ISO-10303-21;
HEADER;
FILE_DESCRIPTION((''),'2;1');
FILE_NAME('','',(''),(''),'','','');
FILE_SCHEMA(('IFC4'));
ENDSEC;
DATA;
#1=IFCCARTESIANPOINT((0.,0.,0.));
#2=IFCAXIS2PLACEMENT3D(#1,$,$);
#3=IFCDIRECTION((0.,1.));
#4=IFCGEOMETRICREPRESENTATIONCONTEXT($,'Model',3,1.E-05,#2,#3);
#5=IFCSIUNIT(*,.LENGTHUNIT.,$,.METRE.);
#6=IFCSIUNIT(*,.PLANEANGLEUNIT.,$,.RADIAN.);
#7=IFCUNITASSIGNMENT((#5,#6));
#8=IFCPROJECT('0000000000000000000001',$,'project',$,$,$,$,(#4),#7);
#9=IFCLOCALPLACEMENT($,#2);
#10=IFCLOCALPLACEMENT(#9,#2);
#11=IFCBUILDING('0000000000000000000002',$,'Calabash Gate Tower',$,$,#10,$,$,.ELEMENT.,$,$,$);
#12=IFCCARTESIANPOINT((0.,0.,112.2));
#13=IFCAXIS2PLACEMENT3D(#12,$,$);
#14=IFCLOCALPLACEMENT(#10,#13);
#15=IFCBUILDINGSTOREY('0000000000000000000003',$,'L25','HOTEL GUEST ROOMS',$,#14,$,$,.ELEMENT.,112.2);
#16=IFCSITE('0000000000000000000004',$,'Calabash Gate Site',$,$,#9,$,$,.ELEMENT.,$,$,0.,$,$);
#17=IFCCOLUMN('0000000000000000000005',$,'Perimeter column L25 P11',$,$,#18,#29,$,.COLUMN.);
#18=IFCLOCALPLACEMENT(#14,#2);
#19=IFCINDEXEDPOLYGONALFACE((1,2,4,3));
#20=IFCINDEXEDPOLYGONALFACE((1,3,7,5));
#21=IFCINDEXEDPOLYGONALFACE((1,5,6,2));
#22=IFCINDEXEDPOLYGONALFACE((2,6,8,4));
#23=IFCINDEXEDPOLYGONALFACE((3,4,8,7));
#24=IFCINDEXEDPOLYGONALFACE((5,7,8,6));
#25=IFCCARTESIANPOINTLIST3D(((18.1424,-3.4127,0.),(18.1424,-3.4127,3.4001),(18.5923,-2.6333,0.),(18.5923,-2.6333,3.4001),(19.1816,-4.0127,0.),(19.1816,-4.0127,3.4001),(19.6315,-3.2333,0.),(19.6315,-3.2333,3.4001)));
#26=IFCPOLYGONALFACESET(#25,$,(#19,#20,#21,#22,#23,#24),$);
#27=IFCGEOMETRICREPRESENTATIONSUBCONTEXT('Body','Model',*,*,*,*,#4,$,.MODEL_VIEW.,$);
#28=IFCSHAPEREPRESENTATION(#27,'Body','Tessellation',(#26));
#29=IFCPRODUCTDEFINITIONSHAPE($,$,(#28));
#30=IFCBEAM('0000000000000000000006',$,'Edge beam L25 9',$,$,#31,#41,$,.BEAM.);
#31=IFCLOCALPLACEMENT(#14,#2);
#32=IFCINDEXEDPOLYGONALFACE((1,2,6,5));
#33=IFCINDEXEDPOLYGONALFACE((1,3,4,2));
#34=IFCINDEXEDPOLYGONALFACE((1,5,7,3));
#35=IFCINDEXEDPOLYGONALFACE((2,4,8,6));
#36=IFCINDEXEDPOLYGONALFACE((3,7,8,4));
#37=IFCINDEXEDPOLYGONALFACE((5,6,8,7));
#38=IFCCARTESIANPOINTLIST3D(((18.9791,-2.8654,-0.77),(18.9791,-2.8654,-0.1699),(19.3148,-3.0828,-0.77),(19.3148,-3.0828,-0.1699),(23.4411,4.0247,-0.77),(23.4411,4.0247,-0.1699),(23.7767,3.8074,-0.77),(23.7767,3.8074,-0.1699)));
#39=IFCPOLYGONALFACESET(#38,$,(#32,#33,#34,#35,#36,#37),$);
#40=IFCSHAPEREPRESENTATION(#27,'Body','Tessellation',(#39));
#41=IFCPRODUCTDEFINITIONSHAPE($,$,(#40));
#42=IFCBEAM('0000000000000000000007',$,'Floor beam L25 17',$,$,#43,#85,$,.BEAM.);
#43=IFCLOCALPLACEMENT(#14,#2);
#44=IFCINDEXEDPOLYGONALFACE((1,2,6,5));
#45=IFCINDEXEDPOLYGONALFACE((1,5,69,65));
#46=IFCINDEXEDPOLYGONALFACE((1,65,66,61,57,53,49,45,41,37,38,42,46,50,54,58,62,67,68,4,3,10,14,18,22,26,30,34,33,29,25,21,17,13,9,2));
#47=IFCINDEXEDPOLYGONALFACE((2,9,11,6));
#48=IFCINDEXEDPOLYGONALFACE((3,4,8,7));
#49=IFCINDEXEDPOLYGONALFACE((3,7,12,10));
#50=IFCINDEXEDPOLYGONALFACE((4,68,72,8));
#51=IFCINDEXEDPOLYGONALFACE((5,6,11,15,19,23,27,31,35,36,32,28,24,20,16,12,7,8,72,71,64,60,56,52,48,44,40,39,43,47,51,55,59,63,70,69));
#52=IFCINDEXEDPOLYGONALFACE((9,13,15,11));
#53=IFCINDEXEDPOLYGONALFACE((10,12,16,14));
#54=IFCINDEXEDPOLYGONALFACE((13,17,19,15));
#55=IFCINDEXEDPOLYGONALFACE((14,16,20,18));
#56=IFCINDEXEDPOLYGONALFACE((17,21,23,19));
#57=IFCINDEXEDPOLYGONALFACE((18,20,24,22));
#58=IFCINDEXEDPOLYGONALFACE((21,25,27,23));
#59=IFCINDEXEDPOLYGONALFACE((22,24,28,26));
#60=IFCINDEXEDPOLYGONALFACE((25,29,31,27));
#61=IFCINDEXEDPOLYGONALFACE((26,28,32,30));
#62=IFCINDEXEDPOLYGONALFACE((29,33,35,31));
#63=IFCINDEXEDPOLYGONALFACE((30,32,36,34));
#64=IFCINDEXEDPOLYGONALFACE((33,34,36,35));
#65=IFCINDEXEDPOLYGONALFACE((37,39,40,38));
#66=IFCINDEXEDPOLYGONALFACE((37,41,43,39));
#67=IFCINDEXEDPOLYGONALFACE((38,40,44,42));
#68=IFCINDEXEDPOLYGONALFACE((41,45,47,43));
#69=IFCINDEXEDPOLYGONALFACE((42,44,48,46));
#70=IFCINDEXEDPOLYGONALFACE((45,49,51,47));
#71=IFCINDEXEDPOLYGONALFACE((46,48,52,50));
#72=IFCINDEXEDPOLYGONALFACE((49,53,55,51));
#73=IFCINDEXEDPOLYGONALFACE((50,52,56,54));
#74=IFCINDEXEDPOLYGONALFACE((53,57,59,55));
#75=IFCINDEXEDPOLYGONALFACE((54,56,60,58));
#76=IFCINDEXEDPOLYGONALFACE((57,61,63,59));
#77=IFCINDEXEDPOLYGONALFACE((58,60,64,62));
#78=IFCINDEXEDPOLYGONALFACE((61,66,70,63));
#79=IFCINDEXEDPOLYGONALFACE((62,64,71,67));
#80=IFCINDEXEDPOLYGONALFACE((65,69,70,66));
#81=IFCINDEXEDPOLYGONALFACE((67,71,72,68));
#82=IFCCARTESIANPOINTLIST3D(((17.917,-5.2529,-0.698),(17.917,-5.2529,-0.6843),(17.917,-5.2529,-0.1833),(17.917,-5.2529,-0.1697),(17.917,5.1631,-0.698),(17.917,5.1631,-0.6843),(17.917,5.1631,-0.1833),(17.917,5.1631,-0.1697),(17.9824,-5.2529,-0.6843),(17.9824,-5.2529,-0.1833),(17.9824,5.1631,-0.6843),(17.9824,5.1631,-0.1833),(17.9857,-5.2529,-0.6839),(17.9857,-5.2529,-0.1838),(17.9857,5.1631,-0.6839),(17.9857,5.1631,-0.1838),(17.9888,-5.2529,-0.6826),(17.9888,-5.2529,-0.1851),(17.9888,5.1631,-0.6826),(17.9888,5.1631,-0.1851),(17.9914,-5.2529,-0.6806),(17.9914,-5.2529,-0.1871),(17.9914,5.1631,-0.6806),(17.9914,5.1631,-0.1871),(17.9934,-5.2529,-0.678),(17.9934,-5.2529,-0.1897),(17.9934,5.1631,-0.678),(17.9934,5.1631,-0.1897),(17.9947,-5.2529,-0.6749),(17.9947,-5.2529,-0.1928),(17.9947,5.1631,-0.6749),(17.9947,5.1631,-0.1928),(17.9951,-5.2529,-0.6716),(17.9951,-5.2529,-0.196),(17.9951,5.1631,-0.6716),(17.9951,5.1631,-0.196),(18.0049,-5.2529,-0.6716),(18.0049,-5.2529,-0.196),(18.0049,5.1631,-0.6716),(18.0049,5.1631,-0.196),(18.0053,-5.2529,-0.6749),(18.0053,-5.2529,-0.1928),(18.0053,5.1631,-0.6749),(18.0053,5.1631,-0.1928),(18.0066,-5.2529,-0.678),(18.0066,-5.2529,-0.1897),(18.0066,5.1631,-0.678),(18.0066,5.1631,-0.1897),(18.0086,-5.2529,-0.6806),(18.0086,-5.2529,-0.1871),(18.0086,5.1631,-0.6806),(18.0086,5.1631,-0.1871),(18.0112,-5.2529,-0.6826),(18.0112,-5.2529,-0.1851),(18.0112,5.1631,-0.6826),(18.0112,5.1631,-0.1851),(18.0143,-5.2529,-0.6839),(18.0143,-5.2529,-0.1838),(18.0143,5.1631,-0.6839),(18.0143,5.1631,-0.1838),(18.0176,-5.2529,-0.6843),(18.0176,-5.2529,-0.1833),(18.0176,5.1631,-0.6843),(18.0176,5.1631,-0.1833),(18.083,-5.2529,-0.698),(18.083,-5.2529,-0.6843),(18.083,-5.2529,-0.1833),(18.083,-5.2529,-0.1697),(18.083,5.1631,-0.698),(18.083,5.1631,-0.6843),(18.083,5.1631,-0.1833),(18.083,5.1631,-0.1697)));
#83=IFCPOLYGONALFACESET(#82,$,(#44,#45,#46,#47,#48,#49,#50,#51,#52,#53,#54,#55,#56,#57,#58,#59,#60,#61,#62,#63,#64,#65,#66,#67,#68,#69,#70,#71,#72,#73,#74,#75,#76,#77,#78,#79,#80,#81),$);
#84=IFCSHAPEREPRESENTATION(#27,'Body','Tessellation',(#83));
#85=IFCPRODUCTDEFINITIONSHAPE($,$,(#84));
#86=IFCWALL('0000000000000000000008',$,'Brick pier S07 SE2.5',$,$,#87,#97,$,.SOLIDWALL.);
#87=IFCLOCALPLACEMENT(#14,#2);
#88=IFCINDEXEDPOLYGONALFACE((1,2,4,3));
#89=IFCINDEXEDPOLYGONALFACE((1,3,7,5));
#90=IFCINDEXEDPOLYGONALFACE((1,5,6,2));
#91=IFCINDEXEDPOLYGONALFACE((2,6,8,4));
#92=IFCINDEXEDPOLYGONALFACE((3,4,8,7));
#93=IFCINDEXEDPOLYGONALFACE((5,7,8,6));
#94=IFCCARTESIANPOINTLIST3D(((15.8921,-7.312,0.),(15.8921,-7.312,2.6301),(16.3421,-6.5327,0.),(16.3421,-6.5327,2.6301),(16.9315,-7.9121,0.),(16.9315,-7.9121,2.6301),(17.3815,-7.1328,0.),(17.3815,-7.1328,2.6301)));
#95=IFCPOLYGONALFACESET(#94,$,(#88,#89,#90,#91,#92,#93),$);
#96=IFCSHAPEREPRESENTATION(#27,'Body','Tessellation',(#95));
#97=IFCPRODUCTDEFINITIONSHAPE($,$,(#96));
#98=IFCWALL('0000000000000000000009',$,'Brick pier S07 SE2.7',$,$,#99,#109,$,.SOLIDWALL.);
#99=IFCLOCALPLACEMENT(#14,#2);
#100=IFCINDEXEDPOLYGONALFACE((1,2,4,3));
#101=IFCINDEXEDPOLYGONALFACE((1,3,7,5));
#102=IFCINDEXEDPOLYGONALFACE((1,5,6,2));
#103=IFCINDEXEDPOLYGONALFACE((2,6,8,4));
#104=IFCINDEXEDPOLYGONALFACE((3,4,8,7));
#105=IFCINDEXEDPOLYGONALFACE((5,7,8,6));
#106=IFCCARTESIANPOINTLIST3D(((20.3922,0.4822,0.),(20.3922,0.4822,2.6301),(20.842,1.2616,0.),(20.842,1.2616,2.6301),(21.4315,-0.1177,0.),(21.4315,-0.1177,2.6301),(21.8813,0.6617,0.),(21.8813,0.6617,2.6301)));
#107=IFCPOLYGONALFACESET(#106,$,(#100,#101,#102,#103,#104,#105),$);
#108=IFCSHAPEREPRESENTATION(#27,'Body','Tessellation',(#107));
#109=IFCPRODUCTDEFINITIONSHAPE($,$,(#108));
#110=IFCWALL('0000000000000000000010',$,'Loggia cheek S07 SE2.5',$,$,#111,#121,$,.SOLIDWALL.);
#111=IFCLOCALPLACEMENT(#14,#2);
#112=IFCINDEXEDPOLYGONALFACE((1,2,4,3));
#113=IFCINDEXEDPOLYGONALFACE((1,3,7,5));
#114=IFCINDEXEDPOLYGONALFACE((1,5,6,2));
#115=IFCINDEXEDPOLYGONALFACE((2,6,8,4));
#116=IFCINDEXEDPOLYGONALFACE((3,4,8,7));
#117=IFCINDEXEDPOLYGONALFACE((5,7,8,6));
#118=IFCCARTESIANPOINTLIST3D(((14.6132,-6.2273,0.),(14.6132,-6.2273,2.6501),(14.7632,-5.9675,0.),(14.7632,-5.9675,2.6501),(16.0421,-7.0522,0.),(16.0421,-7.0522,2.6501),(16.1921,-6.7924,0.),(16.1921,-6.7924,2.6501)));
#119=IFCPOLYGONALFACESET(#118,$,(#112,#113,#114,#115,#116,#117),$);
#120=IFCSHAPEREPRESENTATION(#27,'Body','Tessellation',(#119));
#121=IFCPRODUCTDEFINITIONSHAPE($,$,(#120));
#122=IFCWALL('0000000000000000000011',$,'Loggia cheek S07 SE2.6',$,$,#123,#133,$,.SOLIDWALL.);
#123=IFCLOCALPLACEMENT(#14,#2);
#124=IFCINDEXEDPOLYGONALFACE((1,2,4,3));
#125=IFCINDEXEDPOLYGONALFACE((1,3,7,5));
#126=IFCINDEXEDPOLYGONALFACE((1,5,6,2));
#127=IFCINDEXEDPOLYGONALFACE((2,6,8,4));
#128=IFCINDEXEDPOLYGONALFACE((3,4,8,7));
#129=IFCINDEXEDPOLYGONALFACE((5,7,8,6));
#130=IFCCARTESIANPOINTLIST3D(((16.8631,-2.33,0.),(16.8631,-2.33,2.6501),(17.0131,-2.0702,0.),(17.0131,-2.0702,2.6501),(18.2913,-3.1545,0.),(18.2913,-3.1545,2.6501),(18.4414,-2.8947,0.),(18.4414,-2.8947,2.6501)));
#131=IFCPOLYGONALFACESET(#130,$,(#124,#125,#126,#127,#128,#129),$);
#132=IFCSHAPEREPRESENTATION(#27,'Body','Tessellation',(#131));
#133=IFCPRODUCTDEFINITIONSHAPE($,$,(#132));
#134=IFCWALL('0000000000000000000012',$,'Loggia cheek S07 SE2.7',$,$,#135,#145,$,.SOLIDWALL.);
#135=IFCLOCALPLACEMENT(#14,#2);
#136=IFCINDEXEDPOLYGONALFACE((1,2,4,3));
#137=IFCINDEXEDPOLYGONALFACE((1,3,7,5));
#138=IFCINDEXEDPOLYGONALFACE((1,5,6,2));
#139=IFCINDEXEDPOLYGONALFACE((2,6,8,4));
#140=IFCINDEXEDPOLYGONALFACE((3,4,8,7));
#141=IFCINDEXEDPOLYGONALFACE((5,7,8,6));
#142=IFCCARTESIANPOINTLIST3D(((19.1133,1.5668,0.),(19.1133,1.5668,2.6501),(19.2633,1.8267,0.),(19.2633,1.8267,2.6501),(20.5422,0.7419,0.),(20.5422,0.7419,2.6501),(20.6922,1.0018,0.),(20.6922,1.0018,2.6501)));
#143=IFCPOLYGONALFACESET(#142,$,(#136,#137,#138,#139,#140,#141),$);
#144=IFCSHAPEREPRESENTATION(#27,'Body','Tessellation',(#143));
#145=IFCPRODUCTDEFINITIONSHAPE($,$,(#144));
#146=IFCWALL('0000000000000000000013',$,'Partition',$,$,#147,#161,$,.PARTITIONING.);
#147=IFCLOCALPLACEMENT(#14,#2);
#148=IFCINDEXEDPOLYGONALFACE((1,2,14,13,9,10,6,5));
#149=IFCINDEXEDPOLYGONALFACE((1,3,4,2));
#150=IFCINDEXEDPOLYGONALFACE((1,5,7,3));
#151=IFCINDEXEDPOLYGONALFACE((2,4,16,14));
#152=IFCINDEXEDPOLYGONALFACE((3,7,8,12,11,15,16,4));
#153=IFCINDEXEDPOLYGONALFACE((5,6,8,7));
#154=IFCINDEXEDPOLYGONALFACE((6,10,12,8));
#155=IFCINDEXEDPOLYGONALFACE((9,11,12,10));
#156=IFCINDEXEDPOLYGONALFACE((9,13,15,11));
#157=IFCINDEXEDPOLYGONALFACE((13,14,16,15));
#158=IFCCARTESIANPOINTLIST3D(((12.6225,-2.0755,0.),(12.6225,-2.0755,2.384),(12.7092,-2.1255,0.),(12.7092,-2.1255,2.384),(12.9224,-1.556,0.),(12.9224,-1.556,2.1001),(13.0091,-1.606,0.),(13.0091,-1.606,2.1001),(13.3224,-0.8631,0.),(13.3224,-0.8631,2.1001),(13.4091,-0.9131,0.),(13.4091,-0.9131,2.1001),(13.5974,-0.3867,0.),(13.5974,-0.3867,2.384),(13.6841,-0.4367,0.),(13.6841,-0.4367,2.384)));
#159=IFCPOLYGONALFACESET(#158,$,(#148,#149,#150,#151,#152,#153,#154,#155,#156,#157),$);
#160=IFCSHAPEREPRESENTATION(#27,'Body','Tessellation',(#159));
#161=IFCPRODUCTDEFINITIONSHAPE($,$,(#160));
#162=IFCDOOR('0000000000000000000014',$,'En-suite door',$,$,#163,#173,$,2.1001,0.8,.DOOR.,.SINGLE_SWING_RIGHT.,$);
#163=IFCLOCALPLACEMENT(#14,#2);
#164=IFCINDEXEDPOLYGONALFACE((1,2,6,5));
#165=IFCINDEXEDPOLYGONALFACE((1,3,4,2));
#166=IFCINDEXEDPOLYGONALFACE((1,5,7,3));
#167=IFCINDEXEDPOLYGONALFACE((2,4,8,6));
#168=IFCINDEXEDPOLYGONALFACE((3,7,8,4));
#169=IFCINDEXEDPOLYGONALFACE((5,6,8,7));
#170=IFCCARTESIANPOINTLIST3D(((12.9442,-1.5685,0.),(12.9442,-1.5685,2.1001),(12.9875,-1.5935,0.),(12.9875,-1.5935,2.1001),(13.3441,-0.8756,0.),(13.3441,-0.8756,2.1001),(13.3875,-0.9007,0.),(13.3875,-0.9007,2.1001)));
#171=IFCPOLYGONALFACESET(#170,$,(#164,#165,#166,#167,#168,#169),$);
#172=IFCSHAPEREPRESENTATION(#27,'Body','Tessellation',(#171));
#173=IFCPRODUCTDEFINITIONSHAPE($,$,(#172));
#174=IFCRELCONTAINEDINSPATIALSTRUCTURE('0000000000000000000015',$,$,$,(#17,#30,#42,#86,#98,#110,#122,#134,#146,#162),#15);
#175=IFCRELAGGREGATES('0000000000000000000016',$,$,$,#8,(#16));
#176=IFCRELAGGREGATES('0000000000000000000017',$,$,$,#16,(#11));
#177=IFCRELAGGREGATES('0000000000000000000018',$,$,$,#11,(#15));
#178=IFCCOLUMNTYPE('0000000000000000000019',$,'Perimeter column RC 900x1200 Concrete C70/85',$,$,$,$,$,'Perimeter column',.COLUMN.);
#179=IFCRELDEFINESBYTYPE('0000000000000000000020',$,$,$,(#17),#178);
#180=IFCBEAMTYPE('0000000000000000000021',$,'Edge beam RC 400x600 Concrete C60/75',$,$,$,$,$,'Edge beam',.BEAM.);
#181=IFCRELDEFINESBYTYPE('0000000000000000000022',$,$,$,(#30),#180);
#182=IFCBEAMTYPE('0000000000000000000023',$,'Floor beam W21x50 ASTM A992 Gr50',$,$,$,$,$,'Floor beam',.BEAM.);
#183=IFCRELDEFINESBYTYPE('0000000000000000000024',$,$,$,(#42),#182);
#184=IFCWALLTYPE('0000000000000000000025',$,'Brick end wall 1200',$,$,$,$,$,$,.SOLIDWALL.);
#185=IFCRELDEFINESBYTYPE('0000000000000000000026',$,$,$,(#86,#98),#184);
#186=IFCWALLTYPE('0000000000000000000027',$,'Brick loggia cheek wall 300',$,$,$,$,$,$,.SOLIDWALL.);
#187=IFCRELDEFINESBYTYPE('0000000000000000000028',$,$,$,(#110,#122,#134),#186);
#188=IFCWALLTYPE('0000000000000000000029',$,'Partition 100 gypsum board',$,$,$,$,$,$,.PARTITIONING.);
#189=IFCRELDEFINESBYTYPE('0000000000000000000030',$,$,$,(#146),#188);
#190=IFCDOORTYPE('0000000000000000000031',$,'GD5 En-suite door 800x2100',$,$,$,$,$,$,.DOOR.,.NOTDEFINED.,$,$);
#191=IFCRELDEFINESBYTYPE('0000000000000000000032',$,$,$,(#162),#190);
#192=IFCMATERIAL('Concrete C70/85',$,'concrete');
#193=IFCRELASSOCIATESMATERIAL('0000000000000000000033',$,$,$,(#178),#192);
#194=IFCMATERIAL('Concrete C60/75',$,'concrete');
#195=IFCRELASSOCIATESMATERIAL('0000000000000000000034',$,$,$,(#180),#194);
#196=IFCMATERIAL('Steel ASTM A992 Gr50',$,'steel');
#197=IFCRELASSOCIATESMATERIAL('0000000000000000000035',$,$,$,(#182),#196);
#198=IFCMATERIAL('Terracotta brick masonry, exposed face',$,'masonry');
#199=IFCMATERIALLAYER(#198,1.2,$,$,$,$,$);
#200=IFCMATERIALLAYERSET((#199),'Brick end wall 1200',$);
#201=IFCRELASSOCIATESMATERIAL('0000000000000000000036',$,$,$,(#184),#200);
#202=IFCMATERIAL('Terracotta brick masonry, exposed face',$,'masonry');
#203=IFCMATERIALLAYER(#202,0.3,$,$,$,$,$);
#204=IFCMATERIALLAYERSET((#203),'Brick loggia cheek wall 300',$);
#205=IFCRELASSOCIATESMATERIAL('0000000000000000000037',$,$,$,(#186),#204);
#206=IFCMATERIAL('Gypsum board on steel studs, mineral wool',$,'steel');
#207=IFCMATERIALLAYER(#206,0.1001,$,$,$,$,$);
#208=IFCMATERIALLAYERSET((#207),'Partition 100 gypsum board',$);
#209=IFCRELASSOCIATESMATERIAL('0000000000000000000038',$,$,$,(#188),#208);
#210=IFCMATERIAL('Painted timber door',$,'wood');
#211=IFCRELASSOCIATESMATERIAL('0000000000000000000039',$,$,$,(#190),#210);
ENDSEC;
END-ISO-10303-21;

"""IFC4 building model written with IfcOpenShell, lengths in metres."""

from ifc_helpers import new_model, si_unit, direction, frame, frame_2d, origin, origin_2d, place, context, subcontext, project, spatial, rectangle, i_section, extrude, material, layer, layer_set, material_profile, profile_set, type_object, element, fill, save


model = new_model("IFC4")

# Units and contexts
model_context = context("Model", 3, precision=1e-05, world=origin(), true_north=direction((0.0, 1.0)))
body_context = subcontext(model_context, "Body", "Model", "MODEL_VIEW")
ifc_project = project(units=[si_unit("LENGTHUNIT", "METRE"), si_unit("PLANEANGLEUNIT", "RADIAN")], contexts=[model_context])

# Site, building, storey
site_placement = place(None, origin())
site = spatial("IfcSite", under=ifc_project, at=site_placement, Name="Calabash Gate Site", CompositionType="ELEMENT", RefElevation=0.0)
building_placement = place(site_placement, origin())
building = spatial("IfcBuilding", under=site, at=building_placement, Name="Calabash Gate Tower", CompositionType="ELEMENT")
storey_placement = place(building_placement, frame((0.0, 0.0, 112.2)))
storey = spatial("IfcBuildingStorey", under=building, at=storey_placement, Name="L25", Description="HOTEL GUEST ROOMS", CompositionType="ELEMENT", Elevation=112.2)

# Column
ifc_material_1 = material(Name="Concrete C70/85", Category="concrete")
ifc_material_profile_1 = material_profile(ifc_material_1, rectangle(XDim=0.8999, YDim=1.2, at=origin_2d()))
ifc_profile_set_1 = profile_set([ifc_material_profile_1], Name="Concrete C70/85")
column_type = type_object("IfcColumnType", Name="Perimeter column RC 900x1200 Concrete C70/85", ElementType="Perimeter column", PredefinedType="COLUMN", material=ifc_profile_set_1)
column_placement = place(storey_placement, frame((18.887, -3.323, 0.0), z_axis=(0.0, 0.0, 1.0), x_axis=(0.5, 0.866025, 0.0)))
element("IfcColumn", 1, at=column_placement, inside=storey, type_object=column_type, Name="Perimeter column L25 P11", PredefinedType="COLUMN", context=body_context, shape_type="SweptSolid", body=[
    extrude(rectangle(XDim=0.8999, YDim=1.2, at=origin_2d()), origin(), (0.0, 0.0, 1.0), 3.4001),
])

# Beams
ifc_material_2 = material(Name="Concrete C60/75", Category="concrete")
ifc_material_profile_2 = material_profile(ifc_material_2, rectangle(XDim=0.3999, YDim=0.6001, at=origin_2d()))
ifc_profile_set_2 = profile_set([ifc_material_profile_2], Name="Concrete C60/75")
beam_type_1 = type_object("IfcBeamType", Name="Edge beam RC 400x600 Concrete C60/75", ElementType="Edge beam", PredefinedType="BEAM", material=ifc_profile_set_2)
beam_1_placement = place(storey_placement, frame((19.147, -2.9741, -0.47), z_axis=(0.54356, 0.839371, 0.0), x_axis=(-0.839371, 0.54356, 0.0)))
element("IfcBeam", 2, at=beam_1_placement, inside=storey, type_object=beam_type_1, Name="Edge beam L25 9", PredefinedType="BEAM", context=body_context, shape_type="SweptSolid", body=[
    extrude(rectangle(XDim=0.3999, YDim=0.6001, at=origin_2d()), origin(), (0.0, 0.0, 1.0), 8.2087),
])
ifc_material_3 = material(Name="Steel ASTM A992 Gr50", Category="steel")
ifc_material_profile_3 = material_profile(ifc_material_3, i_section(OverallWidth=0.166, OverallDepth=0.5283, WebThickness=0.0098, FlangeThickness=0.0137, FilletRadius=0.0127, at=origin_2d()))
ifc_profile_set_3 = profile_set([ifc_material_profile_3], Name="Steel ASTM A992 Gr50")
beam_type_2 = type_object("IfcBeamType", Name="Floor beam W21x50 ASTM A992 Gr50", ElementType="Floor beam", PredefinedType="BEAM", material=ifc_profile_set_3)
beam_2_placement = place(storey_placement, frame((18.0, -5.2529, -0.4338), z_axis=(0.0, 1.0, 0.0), x_axis=(-1.0, 0.0, 0.0)))
element("IfcBeam", 3, at=beam_2_placement, inside=storey, type_object=beam_type_2, Name="Floor beam L25 17", PredefinedType="BEAM", context=body_context, shape_type="SweptSolid", body=[
    extrude(i_section(OverallWidth=0.166, OverallDepth=0.5283, WebThickness=0.0098, FlangeThickness=0.0137, FilletRadius=0.0127, at=origin_2d()), origin(), (0.0, 0.0, 1.0), 10.416),
])

# Walls
ifc_material_4 = material(Name="Terracotta brick masonry, exposed face", Category="masonry")
ifc_layer_1 = layer(ifc_material_4, 1.2)
ifc_layer_set_1 = layer_set([ifc_layer_1], Name="Brick end wall 1200")
wall_type_1 = type_object("IfcWallType", Name="Brick end wall 1200", PredefinedType="SOLIDWALL", material=ifc_layer_set_1)
wall_1_placement = place(storey_placement, frame((17.1565, -7.5225, 0.0), z_axis=(0.0, 0.0, 1.0), x_axis=(-0.866006, 0.500034, 0.0)))
element("IfcWall", 4, at=wall_1_placement, inside=storey, type_object=wall_type_1, Name="Brick pier S07 SE2.5", PredefinedType="SOLIDWALL", context=body_context, shape_type="SweptSolid", body=[
    extrude(rectangle(XDim=1.2002, YDim=0.8999, at=frame_2d((0.6001, 0.0))), origin(), (0.0, 0.0, 1.0), 2.6301),
])
wall_2_placement = place(storey_placement, frame((21.6565, 0.272, 0.0), z_axis=(0.0, 0.0, 1.0), x_axis=(-0.866094, 0.499881, 0.0)))
element("IfcWall", 5, at=wall_2_placement, inside=storey, type_object=wall_type_1, Name="Brick pier S07 SE2.7", PredefinedType="SOLIDWALL", context=body_context, shape_type="SweptSolid", body=[
    extrude(rectangle(XDim=1.2, YDim=0.8999, at=frame_2d((0.6001, 0.0))), origin(), (0.0, 0.0, 1.0), 2.6301),
])
ifc_material_5 = material(Name="Terracotta brick masonry, exposed face", Category="masonry")
ifc_layer_2 = layer(ifc_material_5, 0.3)
ifc_layer_set_2 = layer_set([ifc_layer_2], Name="Brick loggia cheek wall 300")
wall_type_2 = type_object("IfcWallType", Name="Brick loggia cheek wall 300", PredefinedType="SOLIDWALL", material=ifc_layer_set_2)
wall_3_placement = place(storey_placement, frame((14.6882, -6.0974, 0.0), z_axis=(0.0, 0.0, 1.0), x_axis=(0.86604, -0.499974, 0.0)))
element("IfcWall", 6, at=wall_3_placement, inside=storey, type_object=wall_type_2, Name="Loggia cheek S07 SE2.5", PredefinedType="SOLIDWALL", context=body_context, shape_type="SweptSolid", body=[
    extrude(rectangle(XDim=1.6499, YDim=0.3, at=frame_2d((0.825, 0.0))), origin(), (0.0, 0.0, 1.0), 2.6501),
])
wall_4_placement = place(storey_placement, frame((18.3665, -3.0247, 0.0), z_axis=(0.0, 0.0, 1.0), x_axis=(-0.866057, 0.499945, 0.0)))
element("IfcWall", 7, at=wall_4_placement, inside=storey, type_object=wall_type_2, Name="Loggia cheek S07 SE2.6", PredefinedType="SOLIDWALL", context=body_context, shape_type="SweptSolid", body=[
    extrude(rectangle(XDim=1.6492, YDim=0.3, at=frame_2d((0.8247, 0.0))), origin(), (0.0, 0.0, 1.0), 2.6501),
])
wall_5_placement = place(storey_placement, frame((20.6172, 0.8718, 0.0), z_axis=(0.0, 0.0, 1.0), x_axis=(-0.86604, 0.499974, 0.0)))
element("IfcWall", 8, at=wall_5_placement, inside=storey, type_object=wall_type_2, Name="Loggia cheek S07 SE2.7", PredefinedType="SOLIDWALL", context=body_context, shape_type="SweptSolid", body=[
    extrude(rectangle(XDim=1.6499, YDim=0.3, at=frame_2d((0.825, 0.0))), origin(), (0.0, 0.0, 1.0), 2.6501),
])

# Wall, opening, door
ifc_material_6 = material(Name="Gypsum board on steel studs, mineral wool", Category="steel")
ifc_layer_3 = layer(ifc_material_6, 0.1001)
ifc_layer_set_3 = layer_set([ifc_layer_3], Name="Partition 100 gypsum board")
wall_type_3 = type_object("IfcWallType", Name="Partition 100 gypsum board", PredefinedType="PARTITIONING", material=ifc_layer_set_3)
wall_6_placement = place(storey_placement, frame((12.6658, -2.1006, 0.0), z_axis=(0.0, 0.0, 1.0), x_axis=(0.49995, 0.866054, 0.0)))
wall_6 = element("IfcWall", 9, at=wall_6_placement, inside=storey, type_object=wall_type_3, Name="Partition", PredefinedType="PARTITIONING", context=body_context, shape_type="SweptSolid", body=[
    extrude(rectangle(XDim=1.95, YDim=0.1001, at=frame_2d((0.9751, 0.0))), origin(), (0.0, 0.0, 1.0), 2.384),
])
opening_1_placement = place(wall_6_placement, frame((0.6001, 0.0, 0.0)))
opening_1 = element("IfcOpeningElement", 10, at=opening_1_placement, cuts=wall_6, PredefinedType="OPENING", context=body_context, shape_type="SweptSolid", body=[
    extrude(rectangle(XDim=0.8, YDim=2.1001, at=frame_2d((0.3999, 1.05))), frame((0.0, 0.0601, 0.0), z_axis=(0.0, -1.0, 0.0), x_axis=(1.0, 0.0, 0.0)), (0.0, 0.0, 1.0), 0.1201),
])
ifc_material_7 = material(Name="Painted timber door", Category="wood")
door_type_1 = type_object("IfcDoorType", Name="GD5 En-suite door 800x2100", OperationType="NOTDEFINED", PredefinedType="DOOR", material=ifc_material_7)
door_1_placement = place(opening_1_placement, origin())
door_1 = element("IfcDoor", 11, at=door_1_placement, inside=storey, type_object=door_type_1, Name="En-suite door", OperationType="SINGLE_SWING_RIGHT", OverallHeight=2.1001, OverallWidth=0.8, PredefinedType="DOOR", context=body_context, shape_type="SweptSolid", body=[
    extrude(rectangle(XDim=0.8, YDim=2.1001, at=frame_2d((0.3999, 1.05))), frame((0.0, 0.0249, 0.0), z_axis=(0.0, -1.0, 0.0), x_axis=(1.0, 0.0, 0.0)), (0.0, 0.0, 1.0), 0.05),
])
fill(opening_1, door_1)

save(model, "model.ifc")
